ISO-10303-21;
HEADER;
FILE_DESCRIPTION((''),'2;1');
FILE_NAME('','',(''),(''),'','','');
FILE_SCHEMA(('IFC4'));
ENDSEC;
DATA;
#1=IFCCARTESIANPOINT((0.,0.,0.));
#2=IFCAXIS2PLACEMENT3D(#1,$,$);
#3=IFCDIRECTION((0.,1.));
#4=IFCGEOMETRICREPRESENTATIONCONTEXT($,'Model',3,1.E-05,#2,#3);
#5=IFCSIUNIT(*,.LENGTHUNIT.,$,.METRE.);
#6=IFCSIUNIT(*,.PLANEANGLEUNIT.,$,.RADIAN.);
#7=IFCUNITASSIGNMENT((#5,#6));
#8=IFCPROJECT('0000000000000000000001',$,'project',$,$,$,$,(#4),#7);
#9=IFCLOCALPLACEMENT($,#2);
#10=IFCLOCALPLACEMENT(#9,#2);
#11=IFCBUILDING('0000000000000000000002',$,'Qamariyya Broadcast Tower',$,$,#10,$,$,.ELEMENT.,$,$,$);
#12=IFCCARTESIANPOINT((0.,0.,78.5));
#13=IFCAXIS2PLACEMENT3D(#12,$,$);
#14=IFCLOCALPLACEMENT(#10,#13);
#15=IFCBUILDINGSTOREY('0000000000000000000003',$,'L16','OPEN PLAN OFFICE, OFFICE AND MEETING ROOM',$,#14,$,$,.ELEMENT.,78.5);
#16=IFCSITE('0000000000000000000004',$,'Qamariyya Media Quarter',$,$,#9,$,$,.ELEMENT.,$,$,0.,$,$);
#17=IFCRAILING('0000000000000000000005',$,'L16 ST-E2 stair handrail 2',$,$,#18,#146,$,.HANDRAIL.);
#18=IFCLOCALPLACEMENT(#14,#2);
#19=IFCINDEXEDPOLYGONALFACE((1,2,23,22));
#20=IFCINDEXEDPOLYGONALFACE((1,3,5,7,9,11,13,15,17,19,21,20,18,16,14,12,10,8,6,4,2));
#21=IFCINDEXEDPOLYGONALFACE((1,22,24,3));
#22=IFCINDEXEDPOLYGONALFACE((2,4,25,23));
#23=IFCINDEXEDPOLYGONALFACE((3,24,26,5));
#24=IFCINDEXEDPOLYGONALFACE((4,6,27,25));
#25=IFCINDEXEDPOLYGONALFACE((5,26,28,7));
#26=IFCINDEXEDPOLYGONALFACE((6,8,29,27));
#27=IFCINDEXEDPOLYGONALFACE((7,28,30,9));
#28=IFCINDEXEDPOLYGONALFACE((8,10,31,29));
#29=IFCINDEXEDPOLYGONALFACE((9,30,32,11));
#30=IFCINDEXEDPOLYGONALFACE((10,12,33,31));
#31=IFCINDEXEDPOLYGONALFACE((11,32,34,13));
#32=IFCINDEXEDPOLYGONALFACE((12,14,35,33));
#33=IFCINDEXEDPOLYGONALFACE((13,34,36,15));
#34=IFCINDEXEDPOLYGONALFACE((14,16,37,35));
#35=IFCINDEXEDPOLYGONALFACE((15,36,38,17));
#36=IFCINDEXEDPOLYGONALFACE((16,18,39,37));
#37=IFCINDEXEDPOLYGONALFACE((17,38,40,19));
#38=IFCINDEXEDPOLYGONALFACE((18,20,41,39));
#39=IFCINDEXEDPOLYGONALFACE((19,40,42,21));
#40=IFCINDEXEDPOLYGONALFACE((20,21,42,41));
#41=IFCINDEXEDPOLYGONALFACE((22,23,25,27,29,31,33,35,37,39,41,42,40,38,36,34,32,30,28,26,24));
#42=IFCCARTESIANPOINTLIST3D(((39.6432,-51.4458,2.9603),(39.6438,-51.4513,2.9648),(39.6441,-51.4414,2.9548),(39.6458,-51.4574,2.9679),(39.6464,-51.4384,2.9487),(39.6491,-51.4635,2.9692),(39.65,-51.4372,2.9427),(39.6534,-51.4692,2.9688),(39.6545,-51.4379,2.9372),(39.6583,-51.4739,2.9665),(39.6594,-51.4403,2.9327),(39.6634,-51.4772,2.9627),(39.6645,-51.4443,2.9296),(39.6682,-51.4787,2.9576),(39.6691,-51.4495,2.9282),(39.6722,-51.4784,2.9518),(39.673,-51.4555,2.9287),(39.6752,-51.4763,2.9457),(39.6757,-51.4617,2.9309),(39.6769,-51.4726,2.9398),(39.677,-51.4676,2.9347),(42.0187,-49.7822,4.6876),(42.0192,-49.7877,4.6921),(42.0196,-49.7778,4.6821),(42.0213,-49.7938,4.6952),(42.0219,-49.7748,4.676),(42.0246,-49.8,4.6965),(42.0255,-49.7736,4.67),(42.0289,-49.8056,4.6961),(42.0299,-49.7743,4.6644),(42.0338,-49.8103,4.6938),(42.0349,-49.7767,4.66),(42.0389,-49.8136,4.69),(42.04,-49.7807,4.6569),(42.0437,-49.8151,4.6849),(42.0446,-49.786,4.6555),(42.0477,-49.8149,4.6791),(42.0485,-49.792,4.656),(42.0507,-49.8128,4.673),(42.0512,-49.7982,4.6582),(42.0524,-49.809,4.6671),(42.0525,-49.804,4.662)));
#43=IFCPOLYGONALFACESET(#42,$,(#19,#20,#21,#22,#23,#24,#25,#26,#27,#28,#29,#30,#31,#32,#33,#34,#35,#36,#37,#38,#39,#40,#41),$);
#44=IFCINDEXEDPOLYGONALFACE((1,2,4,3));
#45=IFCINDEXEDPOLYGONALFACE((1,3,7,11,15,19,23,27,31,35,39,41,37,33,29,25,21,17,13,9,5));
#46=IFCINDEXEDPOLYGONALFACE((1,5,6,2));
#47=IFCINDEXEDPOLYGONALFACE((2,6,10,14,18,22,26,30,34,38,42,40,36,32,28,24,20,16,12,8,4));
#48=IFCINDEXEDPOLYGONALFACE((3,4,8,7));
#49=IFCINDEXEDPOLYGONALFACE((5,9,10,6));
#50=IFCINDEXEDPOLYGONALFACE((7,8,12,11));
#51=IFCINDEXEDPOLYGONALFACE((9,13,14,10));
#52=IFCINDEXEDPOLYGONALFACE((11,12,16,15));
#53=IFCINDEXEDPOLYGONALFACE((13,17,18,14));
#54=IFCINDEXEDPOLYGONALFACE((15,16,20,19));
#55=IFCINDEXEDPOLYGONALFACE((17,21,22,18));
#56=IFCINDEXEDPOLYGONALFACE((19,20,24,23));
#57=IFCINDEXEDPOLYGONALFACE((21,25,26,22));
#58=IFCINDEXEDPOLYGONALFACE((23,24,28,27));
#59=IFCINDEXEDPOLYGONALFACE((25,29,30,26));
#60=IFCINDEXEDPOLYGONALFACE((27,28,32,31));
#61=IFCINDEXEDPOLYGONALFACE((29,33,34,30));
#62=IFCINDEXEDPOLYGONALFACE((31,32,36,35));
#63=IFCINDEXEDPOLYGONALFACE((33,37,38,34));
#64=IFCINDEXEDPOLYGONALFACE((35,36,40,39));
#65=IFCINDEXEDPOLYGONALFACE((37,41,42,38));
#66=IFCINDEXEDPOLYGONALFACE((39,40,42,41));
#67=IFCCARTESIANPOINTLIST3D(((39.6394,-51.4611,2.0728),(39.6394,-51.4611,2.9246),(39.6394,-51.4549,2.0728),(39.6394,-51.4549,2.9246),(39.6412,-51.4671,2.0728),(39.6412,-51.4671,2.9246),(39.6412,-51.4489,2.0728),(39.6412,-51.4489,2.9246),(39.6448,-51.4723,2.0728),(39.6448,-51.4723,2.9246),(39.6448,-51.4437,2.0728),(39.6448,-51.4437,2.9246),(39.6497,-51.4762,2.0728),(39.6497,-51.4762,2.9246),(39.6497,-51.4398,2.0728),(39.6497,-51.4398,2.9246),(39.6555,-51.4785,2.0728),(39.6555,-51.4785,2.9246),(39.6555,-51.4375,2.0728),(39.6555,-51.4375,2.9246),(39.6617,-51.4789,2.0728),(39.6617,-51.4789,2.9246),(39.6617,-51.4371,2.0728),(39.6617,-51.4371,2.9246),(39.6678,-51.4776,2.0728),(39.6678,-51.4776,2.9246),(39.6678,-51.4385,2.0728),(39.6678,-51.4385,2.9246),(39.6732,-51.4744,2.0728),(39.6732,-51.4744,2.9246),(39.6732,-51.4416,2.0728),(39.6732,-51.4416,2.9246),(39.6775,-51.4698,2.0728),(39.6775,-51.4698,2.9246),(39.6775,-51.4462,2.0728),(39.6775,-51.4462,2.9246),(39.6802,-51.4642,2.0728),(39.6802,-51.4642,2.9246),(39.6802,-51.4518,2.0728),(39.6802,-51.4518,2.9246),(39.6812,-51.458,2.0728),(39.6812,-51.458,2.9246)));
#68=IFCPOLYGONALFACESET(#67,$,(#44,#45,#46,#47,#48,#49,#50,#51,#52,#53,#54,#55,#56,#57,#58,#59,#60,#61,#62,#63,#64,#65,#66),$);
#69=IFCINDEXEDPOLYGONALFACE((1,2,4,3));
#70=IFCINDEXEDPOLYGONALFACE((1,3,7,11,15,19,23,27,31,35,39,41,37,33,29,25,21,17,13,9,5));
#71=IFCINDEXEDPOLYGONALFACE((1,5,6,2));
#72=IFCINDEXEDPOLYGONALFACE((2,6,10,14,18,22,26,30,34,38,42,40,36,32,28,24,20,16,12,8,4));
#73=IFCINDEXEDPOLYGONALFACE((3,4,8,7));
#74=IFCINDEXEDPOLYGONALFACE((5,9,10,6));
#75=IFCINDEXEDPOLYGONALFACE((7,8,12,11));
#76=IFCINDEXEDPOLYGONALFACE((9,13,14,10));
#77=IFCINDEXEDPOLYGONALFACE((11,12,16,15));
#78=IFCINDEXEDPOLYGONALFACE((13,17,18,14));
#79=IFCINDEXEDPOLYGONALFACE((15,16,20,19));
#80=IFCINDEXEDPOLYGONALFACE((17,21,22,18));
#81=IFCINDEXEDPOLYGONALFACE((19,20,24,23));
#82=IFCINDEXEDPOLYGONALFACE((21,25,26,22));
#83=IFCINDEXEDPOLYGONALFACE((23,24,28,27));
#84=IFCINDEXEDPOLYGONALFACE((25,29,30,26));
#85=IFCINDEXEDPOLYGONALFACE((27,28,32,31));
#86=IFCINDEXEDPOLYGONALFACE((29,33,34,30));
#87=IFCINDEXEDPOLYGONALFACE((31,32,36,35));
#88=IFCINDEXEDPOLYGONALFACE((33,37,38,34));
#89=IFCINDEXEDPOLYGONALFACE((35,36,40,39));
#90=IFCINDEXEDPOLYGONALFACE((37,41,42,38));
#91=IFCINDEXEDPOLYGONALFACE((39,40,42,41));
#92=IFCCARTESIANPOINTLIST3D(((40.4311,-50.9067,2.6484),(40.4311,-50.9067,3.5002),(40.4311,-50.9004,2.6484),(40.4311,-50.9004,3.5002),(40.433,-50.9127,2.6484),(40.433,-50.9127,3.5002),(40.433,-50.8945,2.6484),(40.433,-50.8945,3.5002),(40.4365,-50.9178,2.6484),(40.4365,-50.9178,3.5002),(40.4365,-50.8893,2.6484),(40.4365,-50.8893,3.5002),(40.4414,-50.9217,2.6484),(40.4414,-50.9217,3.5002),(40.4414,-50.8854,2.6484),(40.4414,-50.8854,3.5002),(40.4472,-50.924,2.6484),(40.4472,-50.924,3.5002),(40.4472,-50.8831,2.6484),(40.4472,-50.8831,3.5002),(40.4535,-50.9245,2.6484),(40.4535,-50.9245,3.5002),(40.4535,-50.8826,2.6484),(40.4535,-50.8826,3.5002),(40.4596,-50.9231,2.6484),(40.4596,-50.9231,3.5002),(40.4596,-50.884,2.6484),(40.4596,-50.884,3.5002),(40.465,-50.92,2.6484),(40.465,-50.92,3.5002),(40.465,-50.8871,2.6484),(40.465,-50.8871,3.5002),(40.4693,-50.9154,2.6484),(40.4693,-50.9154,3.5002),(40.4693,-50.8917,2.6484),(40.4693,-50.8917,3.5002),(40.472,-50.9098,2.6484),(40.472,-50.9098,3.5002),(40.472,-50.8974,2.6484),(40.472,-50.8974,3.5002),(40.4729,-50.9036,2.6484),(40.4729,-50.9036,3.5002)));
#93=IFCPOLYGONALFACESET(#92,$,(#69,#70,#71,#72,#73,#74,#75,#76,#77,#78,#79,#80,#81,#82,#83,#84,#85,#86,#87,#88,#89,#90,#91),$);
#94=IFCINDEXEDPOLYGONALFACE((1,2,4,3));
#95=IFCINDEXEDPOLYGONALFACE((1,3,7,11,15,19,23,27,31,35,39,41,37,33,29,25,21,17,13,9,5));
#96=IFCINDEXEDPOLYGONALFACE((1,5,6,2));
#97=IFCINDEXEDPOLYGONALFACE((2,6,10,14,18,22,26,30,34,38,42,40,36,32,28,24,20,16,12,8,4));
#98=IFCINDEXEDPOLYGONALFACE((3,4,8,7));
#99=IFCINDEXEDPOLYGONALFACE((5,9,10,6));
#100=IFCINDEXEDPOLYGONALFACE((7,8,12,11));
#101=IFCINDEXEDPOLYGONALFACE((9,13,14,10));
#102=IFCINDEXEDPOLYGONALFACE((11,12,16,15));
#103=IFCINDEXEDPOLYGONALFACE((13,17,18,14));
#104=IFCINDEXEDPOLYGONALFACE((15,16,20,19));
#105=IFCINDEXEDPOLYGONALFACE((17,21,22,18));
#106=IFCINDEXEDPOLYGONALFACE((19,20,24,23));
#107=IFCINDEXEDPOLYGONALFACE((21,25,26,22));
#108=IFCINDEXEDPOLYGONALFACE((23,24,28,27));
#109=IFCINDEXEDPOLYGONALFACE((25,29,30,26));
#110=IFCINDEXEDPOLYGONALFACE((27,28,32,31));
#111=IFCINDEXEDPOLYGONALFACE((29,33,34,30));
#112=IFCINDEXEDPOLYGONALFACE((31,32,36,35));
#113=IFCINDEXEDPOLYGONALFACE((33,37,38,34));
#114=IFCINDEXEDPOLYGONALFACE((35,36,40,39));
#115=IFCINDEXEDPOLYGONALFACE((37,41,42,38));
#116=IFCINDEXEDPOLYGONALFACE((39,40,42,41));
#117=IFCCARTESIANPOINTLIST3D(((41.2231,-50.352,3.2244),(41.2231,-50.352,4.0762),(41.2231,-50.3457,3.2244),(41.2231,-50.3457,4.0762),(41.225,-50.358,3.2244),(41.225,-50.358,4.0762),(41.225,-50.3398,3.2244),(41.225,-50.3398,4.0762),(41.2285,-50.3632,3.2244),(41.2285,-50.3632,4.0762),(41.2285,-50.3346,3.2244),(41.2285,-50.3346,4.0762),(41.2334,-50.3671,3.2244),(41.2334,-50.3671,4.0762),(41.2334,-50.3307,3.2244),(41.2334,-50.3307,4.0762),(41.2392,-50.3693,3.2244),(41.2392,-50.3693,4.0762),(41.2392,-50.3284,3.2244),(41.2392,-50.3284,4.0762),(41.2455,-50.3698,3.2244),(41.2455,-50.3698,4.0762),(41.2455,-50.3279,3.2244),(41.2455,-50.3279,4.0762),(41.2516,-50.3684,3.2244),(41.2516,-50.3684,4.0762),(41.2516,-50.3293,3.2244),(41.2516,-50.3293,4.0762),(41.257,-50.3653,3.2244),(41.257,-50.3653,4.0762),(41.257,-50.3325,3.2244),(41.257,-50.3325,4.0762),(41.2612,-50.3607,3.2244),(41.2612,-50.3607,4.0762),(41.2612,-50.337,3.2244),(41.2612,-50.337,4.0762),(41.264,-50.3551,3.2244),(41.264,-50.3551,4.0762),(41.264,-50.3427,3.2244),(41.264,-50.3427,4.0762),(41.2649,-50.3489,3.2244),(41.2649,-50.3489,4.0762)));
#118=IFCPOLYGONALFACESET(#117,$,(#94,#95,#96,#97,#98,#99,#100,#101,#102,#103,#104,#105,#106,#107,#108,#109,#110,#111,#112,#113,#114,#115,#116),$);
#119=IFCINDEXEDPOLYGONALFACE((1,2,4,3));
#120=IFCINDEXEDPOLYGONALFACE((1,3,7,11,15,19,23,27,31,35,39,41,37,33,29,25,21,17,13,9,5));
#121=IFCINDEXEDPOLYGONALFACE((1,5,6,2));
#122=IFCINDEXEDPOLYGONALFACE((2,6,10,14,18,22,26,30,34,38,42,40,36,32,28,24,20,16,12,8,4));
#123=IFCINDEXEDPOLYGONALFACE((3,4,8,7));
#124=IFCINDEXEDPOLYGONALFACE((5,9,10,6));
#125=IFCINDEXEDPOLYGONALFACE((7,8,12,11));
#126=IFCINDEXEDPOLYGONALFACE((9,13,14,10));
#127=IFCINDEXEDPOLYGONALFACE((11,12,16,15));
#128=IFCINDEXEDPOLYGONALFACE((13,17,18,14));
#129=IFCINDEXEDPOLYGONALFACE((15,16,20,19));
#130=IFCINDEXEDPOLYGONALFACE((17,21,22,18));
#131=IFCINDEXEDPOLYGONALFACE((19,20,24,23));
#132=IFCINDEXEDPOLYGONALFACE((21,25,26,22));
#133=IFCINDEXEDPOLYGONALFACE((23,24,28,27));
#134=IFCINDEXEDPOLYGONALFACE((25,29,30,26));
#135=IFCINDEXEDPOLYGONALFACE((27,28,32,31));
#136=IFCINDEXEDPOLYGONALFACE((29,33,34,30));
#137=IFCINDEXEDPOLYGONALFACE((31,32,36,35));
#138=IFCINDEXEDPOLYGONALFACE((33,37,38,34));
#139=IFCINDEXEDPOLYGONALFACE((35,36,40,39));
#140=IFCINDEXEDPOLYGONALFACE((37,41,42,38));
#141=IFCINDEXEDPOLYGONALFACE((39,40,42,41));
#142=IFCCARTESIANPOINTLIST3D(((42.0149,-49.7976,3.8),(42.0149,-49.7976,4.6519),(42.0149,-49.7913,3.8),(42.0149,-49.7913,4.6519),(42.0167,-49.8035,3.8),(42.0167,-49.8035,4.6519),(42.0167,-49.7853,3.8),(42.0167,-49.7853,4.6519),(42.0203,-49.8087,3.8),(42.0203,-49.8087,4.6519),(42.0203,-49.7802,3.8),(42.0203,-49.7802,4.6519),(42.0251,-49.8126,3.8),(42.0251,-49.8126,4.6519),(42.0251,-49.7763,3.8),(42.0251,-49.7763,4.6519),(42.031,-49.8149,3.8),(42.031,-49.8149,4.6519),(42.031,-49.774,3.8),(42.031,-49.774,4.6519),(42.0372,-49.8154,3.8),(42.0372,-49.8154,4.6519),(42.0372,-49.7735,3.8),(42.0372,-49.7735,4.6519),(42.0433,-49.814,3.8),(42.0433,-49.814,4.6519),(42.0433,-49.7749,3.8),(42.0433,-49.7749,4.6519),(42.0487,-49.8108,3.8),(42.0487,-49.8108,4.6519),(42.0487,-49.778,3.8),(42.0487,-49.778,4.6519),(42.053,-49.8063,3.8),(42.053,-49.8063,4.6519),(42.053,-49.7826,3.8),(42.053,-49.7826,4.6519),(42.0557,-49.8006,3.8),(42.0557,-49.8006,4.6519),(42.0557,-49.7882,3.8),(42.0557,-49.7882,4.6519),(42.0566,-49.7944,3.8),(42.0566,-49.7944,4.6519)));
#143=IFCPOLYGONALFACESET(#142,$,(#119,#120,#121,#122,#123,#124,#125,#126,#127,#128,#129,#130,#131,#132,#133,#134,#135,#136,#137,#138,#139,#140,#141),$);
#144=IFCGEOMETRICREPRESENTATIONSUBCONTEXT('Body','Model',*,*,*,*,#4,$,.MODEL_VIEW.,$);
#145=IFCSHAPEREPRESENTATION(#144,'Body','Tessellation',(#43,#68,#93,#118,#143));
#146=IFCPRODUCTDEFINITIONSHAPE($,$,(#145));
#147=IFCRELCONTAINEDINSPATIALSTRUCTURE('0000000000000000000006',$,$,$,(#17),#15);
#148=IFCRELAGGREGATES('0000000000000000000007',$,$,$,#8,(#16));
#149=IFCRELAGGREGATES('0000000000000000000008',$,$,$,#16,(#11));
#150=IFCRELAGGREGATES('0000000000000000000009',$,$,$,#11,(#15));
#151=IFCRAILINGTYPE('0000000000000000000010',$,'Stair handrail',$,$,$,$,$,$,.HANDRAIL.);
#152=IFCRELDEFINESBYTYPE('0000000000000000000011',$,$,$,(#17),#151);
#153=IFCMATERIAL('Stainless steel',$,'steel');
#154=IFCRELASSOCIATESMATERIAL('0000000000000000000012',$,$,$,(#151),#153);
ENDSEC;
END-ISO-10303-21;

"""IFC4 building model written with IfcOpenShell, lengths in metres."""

from ifc_helpers import new_model, si_unit, direction, frame, origin, origin_2d, place, context, subcontext, project, spatial, circle, extrude, material, type_object, element, save


model = new_model("IFC4")

# Units and contexts
model_context = context("Model", 3, precision=1e-05, world=origin(), true_north=direction((0.0, 1.0)))
body_context = subcontext(model_context, "Body", "Model", "MODEL_VIEW")
ifc_project = project(units=[si_unit("LENGTHUNIT", "METRE"), si_unit("PLANEANGLEUNIT", "RADIAN")], contexts=[model_context])

# Site, building, storey
site_placement = place(None, origin())
site = spatial("IfcSite", under=ifc_project, at=site_placement, Name="Qamariyya Media Quarter", CompositionType="ELEMENT", RefElevation=0.0)
building_placement = place(site_placement, origin())
building = spatial("IfcBuilding", under=site, at=building_placement, Name="Qamariyya Broadcast Tower", CompositionType="ELEMENT")
storey_placement = place(building_placement, frame((0.0, 0.0, 78.5)))
storey = spatial("IfcBuildingStorey", under=building, at=storey_placement, Name="L16", Description="OPEN PLAN OFFICE, OFFICE AND MEETING ROOM", CompositionType="ELEMENT", Elevation=78.5)

# Railing
ifc_material_1 = material(Name="Stainless steel", Category="steel")
railing_type_1 = type_object("IfcRailingType", Name="Stair handrail", PredefinedType="HANDRAIL", material=ifc_material_1)
railing_1_placement = place(storey_placement, frame((39.6602, -51.458, 2.0728)))
element("IfcRailing", 1, at=railing_1_placement, inside=storey, type_object=railing_type_1, Name="L16 ST-E2 stair handrail 2", PredefinedType="HANDRAIL", context=body_context, shape_type="SweptSolid", body=[
    extrude(circle(Radius=0.0239, at=origin_2d()), frame((0.0, 0.0, 0.876), z_axis=(0.703745, 0.492838, 0.511716), x_axis=(-0.573632, 0.819113, 0.0)), (0.0, 0.0, 1.0), 3.3755),
    extrude(circle(Radius=0.021, at=origin_2d()), origin(), (0.0, 0.0, 1.0), 0.8518),
    extrude(circle(Radius=0.021, at=origin_2d()), frame((0.7917, 0.5544, 0.5757)), (0.0, 0.0, 1.0), 0.8518),
    extrude(circle(Radius=0.021, at=origin_2d()), frame((1.5837, 1.1091, 1.1516)), (0.0, 0.0, 1.0), 0.8518),
    extrude(circle(Radius=0.021, at=origin_2d()), frame((2.3755, 1.6636, 1.7273)), (0.0, 0.0, 1.0), 0.8518),
])

save(model, "model.ifc")
